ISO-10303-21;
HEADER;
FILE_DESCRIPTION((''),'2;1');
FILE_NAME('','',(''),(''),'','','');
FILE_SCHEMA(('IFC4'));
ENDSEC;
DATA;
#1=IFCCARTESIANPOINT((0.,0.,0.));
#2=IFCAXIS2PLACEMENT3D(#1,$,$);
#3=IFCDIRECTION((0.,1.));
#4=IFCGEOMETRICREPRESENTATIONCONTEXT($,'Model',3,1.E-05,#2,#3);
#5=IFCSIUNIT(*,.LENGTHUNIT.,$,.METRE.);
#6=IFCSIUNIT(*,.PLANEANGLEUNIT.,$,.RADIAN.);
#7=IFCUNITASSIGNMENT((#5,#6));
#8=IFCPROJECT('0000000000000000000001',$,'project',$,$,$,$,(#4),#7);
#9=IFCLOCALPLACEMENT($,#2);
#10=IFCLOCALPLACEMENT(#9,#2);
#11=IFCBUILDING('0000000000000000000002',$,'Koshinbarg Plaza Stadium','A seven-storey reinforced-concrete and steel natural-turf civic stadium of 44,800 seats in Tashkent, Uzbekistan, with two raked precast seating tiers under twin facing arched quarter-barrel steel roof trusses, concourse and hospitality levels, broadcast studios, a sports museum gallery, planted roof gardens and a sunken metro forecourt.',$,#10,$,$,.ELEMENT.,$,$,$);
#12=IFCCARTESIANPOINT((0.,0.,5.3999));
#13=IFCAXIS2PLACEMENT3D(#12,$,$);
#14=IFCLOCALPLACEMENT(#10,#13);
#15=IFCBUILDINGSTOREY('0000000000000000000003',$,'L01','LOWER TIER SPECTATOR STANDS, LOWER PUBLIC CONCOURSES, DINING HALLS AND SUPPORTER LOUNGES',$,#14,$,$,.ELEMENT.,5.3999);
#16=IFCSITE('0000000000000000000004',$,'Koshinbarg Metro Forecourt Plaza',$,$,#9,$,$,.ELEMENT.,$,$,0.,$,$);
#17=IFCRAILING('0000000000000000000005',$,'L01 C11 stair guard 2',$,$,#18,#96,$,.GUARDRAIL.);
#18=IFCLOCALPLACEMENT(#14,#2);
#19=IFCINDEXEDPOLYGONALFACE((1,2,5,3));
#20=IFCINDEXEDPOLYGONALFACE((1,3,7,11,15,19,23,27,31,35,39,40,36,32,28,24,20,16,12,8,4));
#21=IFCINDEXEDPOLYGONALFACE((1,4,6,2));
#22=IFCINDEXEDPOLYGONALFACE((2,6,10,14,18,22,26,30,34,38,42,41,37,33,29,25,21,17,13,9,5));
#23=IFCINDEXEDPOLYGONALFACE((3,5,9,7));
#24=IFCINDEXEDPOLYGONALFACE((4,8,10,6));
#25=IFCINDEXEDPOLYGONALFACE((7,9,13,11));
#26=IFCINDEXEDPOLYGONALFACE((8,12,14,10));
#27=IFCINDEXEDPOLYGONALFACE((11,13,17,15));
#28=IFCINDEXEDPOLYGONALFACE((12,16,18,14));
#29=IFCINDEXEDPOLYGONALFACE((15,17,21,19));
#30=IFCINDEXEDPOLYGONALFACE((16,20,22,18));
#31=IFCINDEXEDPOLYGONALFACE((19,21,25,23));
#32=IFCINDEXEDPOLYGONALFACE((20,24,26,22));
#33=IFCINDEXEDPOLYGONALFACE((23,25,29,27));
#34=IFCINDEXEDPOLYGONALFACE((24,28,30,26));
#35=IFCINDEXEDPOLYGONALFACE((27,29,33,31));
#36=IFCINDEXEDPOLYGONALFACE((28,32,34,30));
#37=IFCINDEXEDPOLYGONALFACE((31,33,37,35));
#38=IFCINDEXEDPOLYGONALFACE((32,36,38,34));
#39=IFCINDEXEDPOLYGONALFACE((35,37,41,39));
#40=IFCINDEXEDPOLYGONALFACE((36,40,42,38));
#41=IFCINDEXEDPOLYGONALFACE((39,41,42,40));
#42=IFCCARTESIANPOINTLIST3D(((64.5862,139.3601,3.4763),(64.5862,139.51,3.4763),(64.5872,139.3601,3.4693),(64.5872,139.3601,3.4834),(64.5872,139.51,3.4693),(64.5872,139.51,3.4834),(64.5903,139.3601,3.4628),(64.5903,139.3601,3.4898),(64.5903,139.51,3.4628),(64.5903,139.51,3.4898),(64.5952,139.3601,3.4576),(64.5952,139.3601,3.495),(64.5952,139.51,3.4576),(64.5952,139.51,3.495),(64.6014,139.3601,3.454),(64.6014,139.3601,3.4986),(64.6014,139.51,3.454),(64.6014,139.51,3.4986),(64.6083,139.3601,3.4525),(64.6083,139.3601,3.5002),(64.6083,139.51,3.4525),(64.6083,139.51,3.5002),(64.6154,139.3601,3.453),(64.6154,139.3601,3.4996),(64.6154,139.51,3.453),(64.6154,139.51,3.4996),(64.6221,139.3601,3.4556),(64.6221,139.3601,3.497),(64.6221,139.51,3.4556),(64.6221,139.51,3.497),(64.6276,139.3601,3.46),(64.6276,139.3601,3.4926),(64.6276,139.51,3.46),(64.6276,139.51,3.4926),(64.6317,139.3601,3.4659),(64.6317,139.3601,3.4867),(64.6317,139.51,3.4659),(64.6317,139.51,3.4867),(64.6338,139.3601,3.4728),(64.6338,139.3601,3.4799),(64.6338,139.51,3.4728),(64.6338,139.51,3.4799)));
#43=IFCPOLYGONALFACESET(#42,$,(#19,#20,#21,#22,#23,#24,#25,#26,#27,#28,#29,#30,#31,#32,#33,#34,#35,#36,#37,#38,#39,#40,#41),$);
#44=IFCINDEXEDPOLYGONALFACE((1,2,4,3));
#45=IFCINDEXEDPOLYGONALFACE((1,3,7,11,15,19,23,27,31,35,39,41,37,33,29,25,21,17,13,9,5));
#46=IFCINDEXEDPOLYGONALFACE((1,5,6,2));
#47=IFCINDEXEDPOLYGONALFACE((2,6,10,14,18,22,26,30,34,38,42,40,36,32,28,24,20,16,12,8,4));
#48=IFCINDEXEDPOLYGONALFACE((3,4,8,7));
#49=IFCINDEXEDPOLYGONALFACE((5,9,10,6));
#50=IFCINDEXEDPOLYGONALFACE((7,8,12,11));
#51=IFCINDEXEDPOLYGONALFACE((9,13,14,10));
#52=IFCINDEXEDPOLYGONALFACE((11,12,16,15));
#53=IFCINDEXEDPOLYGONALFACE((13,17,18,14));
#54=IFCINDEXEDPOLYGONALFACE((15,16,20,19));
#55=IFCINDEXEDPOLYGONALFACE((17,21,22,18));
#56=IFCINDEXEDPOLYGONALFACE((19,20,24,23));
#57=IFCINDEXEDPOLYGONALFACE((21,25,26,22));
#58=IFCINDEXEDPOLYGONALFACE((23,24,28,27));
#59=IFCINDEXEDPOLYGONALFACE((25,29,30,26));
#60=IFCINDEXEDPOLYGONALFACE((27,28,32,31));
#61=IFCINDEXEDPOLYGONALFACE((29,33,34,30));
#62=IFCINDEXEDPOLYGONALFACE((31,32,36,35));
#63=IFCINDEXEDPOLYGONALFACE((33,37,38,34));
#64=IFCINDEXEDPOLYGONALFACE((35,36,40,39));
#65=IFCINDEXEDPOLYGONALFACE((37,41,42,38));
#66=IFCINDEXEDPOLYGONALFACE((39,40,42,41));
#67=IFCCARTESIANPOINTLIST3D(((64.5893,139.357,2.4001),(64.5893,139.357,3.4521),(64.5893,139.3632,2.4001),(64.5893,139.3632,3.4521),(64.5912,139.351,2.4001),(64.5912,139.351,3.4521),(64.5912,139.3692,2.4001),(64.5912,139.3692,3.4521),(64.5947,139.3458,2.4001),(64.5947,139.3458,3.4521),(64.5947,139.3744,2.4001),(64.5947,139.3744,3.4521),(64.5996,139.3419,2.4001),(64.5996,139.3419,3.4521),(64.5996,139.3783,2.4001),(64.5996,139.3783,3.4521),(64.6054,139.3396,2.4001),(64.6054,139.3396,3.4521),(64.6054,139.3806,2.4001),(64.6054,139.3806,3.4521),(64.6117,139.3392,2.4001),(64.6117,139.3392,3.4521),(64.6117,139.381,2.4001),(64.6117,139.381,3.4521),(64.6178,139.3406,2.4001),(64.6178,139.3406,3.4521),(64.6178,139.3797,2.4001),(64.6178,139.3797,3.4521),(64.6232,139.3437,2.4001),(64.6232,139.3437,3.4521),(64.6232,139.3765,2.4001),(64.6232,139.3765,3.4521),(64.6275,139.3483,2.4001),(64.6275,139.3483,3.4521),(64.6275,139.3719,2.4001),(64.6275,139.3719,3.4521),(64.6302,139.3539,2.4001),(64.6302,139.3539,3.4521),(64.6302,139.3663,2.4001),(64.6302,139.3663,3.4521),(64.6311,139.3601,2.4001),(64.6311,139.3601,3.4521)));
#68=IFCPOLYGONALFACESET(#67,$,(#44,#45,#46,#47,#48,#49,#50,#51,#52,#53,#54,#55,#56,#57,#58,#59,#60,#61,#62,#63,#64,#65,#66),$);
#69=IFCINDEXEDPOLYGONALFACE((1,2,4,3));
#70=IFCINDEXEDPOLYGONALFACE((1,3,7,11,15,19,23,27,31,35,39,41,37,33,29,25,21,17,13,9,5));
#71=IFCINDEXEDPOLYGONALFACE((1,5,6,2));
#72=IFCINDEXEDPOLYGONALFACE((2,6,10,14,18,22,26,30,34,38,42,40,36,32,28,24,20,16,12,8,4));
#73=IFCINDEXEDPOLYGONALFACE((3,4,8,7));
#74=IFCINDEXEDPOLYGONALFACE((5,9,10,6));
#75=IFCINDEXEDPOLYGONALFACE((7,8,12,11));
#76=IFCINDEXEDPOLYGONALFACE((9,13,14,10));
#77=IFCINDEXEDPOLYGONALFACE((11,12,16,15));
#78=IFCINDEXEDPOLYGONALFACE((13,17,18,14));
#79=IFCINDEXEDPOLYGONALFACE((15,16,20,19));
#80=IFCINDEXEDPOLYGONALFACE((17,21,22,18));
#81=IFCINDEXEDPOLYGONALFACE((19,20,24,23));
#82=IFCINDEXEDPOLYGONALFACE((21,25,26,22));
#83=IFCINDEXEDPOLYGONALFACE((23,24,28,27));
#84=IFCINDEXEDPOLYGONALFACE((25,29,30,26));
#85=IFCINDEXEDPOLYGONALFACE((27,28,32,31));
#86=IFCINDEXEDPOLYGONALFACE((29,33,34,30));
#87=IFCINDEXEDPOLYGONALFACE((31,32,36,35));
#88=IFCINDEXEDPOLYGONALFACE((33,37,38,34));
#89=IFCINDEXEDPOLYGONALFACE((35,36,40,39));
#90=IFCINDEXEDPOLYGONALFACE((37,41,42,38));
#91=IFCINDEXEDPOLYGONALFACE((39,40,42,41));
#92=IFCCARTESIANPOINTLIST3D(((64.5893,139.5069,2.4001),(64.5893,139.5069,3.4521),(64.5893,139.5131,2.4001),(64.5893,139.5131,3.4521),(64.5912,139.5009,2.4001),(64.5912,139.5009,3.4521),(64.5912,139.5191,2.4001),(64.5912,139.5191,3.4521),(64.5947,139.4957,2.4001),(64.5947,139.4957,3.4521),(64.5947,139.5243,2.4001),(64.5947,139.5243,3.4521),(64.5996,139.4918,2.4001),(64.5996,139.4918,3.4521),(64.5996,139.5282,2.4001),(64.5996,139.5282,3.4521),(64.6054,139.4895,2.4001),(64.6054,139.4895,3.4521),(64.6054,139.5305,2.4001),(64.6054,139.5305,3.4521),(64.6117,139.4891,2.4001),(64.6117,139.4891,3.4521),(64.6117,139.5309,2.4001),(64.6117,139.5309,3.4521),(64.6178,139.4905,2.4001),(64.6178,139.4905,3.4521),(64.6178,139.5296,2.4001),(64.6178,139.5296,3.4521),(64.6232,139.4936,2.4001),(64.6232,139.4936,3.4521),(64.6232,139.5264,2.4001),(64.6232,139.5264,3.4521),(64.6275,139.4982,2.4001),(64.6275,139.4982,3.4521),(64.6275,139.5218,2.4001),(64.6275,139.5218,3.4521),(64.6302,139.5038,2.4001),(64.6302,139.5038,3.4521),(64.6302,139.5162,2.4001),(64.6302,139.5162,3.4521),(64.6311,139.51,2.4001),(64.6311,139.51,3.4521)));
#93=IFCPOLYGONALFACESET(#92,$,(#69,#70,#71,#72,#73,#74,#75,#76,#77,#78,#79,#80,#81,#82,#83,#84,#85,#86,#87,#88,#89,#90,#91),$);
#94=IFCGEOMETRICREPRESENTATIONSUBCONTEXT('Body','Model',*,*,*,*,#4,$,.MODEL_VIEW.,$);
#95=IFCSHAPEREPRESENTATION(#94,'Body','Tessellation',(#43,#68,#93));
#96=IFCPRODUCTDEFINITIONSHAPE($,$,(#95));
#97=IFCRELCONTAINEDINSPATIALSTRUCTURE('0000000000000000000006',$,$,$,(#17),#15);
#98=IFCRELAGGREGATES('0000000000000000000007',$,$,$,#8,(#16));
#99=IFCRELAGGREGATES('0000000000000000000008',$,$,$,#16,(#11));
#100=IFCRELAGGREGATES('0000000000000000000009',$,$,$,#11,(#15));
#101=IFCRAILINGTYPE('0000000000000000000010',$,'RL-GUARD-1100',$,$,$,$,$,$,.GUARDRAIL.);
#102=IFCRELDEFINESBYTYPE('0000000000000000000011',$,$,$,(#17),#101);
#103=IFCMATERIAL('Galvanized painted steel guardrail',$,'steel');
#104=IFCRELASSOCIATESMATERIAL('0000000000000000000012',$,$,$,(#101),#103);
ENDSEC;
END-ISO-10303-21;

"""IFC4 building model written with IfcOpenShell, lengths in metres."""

from ifc_helpers import new_model, si_unit, direction, frame, origin, origin_2d, place, context, subcontext, project, spatial, circle, extrude, material, type_object, element, save


model = new_model("IFC4")

# Units and contexts
model_context = context("Model", 3, precision=1e-05, world=origin(), true_north=direction((0.0, 1.0)))
body_context = subcontext(model_context, "Body", "Model", "MODEL_VIEW")
ifc_project = project(units=[si_unit("LENGTHUNIT", "METRE"), si_unit("PLANEANGLEUNIT", "RADIAN")], contexts=[model_context])

# Site, building, storey
site_placement = place(None, origin())
site = spatial("IfcSite", under=ifc_project, at=site_placement, Name="Koshinbarg Metro Forecourt Plaza", CompositionType="ELEMENT", RefElevation=0.0)
building_placement = place(site_placement, origin())
building = spatial("IfcBuilding", under=site, at=building_placement, Name="Koshinbarg Plaza Stadium", Description="A seven-storey reinforced-concrete and steel natural-turf civic stadium of 44,800 seats in Tashkent, Uzbekistan, with two raked precast seating tiers under twin facing arched quarter-barrel steel roof trusses, concourse and hospitality levels, broadcast studios, a sports museum gallery, planted roof gardens and a sunken metro forecourt.", CompositionType="ELEMENT")
storey_placement = place(building_placement, frame((0.0, 0.0, 5.3999)))
storey = spatial("IfcBuildingStorey", under=building, at=storey_placement, Name="L01", Description="LOWER TIER SPECTATOR STANDS, LOWER PUBLIC CONCOURSES, DINING HALLS AND SUPPORTER LOUNGES", CompositionType="ELEMENT", Elevation=5.3999)

# Railing
ifc_material_1 = material(Name="Galvanized painted steel guardrail", Category="steel")
railing_type_1 = type_object("IfcRailingType", Name="RL-GUARD-1100", PredefinedType="GUARDRAIL", material=ifc_material_1)
railing_1_placement = place(storey_placement, frame((64.6101, 139.3601, 2.4001)))
element("IfcRailing", 1, at=railing_1_placement, inside=storey, type_object=railing_type_1, Name="L01 C11 stair guard 2", PredefinedType="GUARDRAIL", context=body_context, shape_type="SweptSolid", body=[
    extrude(circle(Radius=0.0239, at=origin_2d()), frame((0.0, 0.0, 1.0762), z_axis=(0.0, 1.0, 0.0), x_axis=(-1.0, 0.0, 0.0)), (0.0, 0.0, 1.0), 0.1499),
    extrude(circle(Radius=0.021, at=origin_2d()), origin(), (0.0, 0.0, 1.0), 1.052),
    extrude(circle(Radius=0.021, at=origin_2d()), frame((0.0, 0.1499, 0.0)), (0.0, 0.0, 1.0), 1.052),
])

save(model, "model.ifc")
